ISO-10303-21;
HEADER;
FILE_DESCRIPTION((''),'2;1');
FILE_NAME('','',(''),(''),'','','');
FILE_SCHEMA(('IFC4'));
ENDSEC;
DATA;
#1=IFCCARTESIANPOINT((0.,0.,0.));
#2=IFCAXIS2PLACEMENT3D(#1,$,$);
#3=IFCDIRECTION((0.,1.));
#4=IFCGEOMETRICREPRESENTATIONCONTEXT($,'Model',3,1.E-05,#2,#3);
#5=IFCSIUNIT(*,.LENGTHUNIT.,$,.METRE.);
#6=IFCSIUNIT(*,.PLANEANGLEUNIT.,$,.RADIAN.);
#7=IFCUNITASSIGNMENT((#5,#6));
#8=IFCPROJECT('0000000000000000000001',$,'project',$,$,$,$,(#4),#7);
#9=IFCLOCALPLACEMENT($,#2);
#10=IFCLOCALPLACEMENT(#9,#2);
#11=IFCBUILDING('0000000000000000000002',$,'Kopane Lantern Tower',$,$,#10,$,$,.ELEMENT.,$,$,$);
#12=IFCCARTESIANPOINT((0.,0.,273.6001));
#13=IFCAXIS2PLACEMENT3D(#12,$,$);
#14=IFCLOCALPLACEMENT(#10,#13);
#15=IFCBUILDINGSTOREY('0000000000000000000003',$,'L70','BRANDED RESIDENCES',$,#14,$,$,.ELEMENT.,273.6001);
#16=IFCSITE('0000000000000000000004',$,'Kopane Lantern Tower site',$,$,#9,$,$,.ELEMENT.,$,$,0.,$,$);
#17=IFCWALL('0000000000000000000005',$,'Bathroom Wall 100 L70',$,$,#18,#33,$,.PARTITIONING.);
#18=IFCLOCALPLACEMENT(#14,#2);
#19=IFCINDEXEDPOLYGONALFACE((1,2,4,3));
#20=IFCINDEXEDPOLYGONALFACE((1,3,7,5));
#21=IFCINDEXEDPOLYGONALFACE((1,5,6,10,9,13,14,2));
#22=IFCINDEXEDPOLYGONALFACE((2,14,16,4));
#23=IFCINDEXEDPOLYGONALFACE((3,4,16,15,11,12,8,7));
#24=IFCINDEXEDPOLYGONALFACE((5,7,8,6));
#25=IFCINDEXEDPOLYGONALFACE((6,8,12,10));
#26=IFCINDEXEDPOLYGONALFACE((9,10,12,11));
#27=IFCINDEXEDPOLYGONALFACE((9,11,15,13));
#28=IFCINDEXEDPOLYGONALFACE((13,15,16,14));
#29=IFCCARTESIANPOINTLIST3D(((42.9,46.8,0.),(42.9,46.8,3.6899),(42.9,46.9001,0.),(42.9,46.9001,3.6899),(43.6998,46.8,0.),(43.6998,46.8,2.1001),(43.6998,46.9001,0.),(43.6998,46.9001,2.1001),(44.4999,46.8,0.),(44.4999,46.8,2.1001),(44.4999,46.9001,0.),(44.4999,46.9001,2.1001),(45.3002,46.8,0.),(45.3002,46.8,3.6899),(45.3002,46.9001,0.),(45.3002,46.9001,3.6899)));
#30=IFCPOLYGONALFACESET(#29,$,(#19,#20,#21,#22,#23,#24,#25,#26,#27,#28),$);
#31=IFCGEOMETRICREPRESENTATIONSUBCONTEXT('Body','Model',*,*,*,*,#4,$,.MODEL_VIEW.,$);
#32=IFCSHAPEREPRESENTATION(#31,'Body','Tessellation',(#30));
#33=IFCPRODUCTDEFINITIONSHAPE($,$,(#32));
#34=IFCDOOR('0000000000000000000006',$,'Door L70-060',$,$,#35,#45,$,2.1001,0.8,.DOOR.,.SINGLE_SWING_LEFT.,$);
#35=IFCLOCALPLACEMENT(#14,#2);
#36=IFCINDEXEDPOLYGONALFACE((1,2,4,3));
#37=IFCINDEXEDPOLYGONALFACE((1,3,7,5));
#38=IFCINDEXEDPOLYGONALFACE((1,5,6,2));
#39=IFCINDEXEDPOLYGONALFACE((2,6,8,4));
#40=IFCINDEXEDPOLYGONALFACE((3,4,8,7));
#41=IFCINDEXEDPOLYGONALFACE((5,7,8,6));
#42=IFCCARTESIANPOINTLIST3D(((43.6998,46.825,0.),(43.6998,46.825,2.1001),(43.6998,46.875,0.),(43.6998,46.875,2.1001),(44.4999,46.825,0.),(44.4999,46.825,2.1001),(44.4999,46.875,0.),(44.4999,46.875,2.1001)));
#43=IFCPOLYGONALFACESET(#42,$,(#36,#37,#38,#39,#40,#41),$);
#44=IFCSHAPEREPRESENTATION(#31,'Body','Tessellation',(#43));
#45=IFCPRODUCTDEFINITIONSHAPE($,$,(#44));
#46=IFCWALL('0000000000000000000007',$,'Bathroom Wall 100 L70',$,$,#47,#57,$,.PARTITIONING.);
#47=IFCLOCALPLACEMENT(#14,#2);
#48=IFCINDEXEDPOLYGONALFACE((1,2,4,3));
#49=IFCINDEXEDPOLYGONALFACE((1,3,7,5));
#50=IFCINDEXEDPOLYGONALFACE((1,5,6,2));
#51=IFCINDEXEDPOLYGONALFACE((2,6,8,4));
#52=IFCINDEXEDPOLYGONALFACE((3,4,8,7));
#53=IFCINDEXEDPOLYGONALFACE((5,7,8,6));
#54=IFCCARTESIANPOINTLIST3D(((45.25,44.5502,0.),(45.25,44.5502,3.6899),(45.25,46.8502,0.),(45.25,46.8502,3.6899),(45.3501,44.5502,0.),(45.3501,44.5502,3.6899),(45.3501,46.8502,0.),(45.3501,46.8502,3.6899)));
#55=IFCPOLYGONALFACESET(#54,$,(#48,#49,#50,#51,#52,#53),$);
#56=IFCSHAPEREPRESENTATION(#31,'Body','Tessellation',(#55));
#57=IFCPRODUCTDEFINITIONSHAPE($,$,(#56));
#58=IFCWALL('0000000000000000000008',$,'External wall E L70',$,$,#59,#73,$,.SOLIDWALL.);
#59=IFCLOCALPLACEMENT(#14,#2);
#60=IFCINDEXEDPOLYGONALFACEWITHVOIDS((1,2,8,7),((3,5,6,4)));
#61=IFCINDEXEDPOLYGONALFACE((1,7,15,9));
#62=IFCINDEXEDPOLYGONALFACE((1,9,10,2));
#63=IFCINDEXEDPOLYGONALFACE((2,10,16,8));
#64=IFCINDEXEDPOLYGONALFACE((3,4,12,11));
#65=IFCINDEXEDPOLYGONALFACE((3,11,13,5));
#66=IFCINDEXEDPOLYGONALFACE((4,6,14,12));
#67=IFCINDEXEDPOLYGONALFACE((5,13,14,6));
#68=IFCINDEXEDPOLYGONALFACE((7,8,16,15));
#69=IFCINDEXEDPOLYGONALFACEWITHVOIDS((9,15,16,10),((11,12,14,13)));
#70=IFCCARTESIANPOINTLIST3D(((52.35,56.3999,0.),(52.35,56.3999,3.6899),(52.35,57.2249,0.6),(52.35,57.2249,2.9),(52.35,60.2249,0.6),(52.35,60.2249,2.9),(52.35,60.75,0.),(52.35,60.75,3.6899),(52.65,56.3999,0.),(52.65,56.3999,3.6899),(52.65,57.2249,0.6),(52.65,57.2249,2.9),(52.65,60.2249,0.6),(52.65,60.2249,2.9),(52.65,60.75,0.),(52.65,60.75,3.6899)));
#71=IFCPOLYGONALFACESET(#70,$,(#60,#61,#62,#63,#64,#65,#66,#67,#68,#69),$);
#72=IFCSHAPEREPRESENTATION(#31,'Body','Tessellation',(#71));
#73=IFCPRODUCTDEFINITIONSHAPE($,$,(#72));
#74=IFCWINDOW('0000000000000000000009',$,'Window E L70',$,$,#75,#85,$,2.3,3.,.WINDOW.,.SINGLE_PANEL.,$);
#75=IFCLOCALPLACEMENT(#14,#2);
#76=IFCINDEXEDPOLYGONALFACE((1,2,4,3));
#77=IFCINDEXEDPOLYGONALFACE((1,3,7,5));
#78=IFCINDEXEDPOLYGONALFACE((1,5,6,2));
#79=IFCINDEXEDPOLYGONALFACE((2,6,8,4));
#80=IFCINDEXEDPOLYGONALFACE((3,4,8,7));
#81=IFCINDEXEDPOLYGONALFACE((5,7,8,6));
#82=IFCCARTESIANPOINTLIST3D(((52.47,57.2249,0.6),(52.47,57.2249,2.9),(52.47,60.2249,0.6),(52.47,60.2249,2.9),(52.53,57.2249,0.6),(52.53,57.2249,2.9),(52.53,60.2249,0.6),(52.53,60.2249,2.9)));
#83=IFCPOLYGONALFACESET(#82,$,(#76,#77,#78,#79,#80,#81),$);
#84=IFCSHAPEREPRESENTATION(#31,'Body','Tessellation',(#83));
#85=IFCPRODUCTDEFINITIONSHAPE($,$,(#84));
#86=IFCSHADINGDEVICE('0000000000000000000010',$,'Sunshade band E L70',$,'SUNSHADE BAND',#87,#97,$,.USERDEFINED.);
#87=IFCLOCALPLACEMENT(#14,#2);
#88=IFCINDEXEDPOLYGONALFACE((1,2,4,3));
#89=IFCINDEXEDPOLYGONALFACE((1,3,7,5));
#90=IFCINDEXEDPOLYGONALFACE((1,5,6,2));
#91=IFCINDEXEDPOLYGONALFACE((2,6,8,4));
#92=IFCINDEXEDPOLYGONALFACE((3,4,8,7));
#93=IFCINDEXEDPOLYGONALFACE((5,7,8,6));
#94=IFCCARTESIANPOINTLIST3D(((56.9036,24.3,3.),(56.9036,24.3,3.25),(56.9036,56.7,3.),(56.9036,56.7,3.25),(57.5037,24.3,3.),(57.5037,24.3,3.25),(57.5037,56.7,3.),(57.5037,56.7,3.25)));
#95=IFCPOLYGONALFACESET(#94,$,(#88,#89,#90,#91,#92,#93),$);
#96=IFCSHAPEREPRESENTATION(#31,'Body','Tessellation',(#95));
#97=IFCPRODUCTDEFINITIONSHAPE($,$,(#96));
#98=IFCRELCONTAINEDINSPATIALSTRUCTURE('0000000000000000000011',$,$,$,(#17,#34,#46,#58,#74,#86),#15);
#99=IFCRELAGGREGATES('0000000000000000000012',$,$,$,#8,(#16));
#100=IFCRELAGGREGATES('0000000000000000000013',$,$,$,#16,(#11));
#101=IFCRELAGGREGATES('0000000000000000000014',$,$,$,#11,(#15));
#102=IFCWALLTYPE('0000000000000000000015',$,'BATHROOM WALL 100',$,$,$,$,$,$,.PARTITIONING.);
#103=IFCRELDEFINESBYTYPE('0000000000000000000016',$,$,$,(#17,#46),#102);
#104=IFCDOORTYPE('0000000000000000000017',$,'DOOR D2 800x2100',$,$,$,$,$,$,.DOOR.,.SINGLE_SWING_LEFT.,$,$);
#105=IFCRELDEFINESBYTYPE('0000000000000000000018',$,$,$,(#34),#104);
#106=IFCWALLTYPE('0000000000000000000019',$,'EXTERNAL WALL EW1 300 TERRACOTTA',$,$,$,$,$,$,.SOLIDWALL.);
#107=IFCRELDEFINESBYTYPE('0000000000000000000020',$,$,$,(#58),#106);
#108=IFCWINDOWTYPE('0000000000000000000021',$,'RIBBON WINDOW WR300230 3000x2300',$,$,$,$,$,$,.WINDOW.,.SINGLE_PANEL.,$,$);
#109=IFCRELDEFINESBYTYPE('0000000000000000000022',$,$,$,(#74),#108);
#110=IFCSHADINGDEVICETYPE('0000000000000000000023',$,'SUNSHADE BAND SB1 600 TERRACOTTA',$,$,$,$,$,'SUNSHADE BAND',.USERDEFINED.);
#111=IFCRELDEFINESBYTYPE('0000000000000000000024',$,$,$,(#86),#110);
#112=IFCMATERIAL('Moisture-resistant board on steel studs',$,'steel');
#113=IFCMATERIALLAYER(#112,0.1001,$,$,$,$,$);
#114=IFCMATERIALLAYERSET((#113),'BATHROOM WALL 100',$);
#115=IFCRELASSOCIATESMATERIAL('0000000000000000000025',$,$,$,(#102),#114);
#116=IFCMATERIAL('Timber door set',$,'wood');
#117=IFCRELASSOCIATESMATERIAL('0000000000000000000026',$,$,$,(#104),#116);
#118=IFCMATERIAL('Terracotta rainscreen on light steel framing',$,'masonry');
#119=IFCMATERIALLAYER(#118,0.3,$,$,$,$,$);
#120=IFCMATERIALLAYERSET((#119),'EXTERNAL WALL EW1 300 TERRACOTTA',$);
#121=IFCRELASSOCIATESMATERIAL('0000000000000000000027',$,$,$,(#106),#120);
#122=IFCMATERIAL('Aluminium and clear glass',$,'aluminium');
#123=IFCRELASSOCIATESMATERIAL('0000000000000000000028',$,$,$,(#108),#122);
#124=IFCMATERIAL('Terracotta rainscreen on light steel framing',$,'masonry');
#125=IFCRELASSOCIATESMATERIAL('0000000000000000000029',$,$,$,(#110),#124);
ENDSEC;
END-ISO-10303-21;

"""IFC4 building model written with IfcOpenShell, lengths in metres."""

from ifc_helpers import new_model, si_unit, direction, frame, frame_2d, origin, origin_2d, place, context, subcontext, project, spatial, rectangle, extrude, material, layer, layer_set, type_object, element, fill, save


model = new_model("IFC4")

# Units and contexts
model_context = context("Model", 3, precision=1e-05, world=origin(), true_north=direction((0.0, 1.0)))
body_context = subcontext(model_context, "Body", "Model", "MODEL_VIEW")
ifc_project = project(units=[si_unit("LENGTHUNIT", "METRE"), si_unit("PLANEANGLEUNIT", "RADIAN")], contexts=[model_context])

# Site, building, storey
site_placement = place(None, origin())
site = spatial("IfcSite", under=ifc_project, at=site_placement, Name="Kopane Lantern Tower site", CompositionType="ELEMENT", RefElevation=0.0)
building_placement = place(site_placement, origin())
building = spatial("IfcBuilding", under=site, at=building_placement, Name="Kopane Lantern Tower", CompositionType="ELEMENT")
storey_placement = place(building_placement, frame((0.0, 0.0, 273.6001)))
storey = spatial("IfcBuildingStorey", under=building, at=storey_placement, Name="L70", Description="BRANDED RESIDENCES", CompositionType="ELEMENT", Elevation=273.6001)

# Wall, opening, door
ifc_material_1 = material(Name="Moisture-resistant board on steel studs", Category="steel")
ifc_layer_1 = layer(ifc_material_1, 0.1001)
ifc_layer_set_1 = layer_set([ifc_layer_1], Name="BATHROOM WALL 100")
wall_type_1 = type_object("IfcWallType", Name="BATHROOM WALL 100", PredefinedType="PARTITIONING", material=ifc_layer_set_1)
wall_1_placement = place(storey_placement, frame((42.8999, 46.8501, 0.0), z_axis=(0.0, 0.0, 1.0), x_axis=(1.0, 0.0, 0.0)))
wall_1 = element("IfcWall", 1, at=wall_1_placement, inside=storey, type_object=wall_type_1, Name="Bathroom Wall 100 L70", PredefinedType="PARTITIONING", context=body_context, shape_type="SweptSolid", body=[
    extrude(rectangle(XDim=2.4001, YDim=0.1001, at=frame_2d((1.2002, 0.0))), origin(), (0.0, 0.0, 1.0), 3.6899),
])
opening_1_placement = place(wall_1_placement, frame((0.8, 0.0, 0.0)))
opening_1 = element("IfcOpeningElement", 2, at=opening_1_placement, cuts=wall_1, PredefinedType="OPENING", context=body_context, shape_type="SweptSolid", body=[
    extrude(rectangle(XDim=0.8, YDim=2.1001, at=frame_2d((0.3999, 1.05))), frame((0.0, 0.0601, 0.0), z_axis=(0.0, -1.0, 0.0), x_axis=(1.0, 0.0, 0.0)), (0.0, 0.0, 1.0), 0.1201),
])
ifc_material_2 = material(Name="Timber door set", Category="wood")
door_type_1 = type_object("IfcDoorType", Name="DOOR D2 800x2100", OperationType="SINGLE_SWING_LEFT", PredefinedType="DOOR", material=ifc_material_2)
door_1_placement = place(opening_1_placement, origin())
door_1 = element("IfcDoor", 3, at=door_1_placement, inside=storey, type_object=door_type_1, Name="Door L70-060", OperationType="SINGLE_SWING_LEFT", OverallHeight=2.1001, OverallWidth=0.8, PredefinedType="DOOR", context=body_context, shape_type="SweptSolid", body=[
    extrude(rectangle(XDim=0.8, YDim=2.1001, at=frame_2d((0.3999, 1.05))), frame((0.0, 0.0249, 0.0), z_axis=(0.0, -1.0, 0.0), x_axis=(1.0, 0.0, 0.0)), (0.0, 0.0, 1.0), 0.05),
])
fill(opening_1, door_1)

# Wall
wall_2_placement = place(storey_placement, frame((45.3, 46.8501, 0.0), z_axis=(0.0, 0.0, 1.0), x_axis=(0.0, -1.0, 0.0)))
element("IfcWall", 4, at=wall_2_placement, inside=storey, type_object=wall_type_1, Name="Bathroom Wall 100 L70", PredefinedType="PARTITIONING", context=body_context, shape_type="SweptSolid", body=[
    extrude(rectangle(XDim=2.3, YDim=0.1001, at=frame_2d((1.1499, 0.0))), origin(), (0.0, 0.0, 1.0), 3.6899),
])

# Wall, opening, window
ifc_material_3 = material(Name="Terracotta rainscreen on light steel framing", Category="masonry")
ifc_layer_2 = layer(ifc_material_3, 0.3)
ifc_layer_set_2 = layer_set([ifc_layer_2], Name="EXTERNAL WALL EW1 300 TERRACOTTA")
wall_type_2 = type_object("IfcWallType", Name="EXTERNAL WALL EW1 300 TERRACOTTA", PredefinedType="SOLIDWALL", material=ifc_layer_set_2)
wall_3_placement = place(storey_placement, frame((52.5, 56.3999, 0.0), z_axis=(0.0, 0.0, 1.0), x_axis=(0.0, 1.0, 0.0)))
wall_3 = element("IfcWall", 5, at=wall_3_placement, inside=storey, type_object=wall_type_2, Name="External wall E L70", PredefinedType="SOLIDWALL", context=body_context, shape_type="SweptSolid", body=[
    extrude(rectangle(XDim=4.3501, YDim=0.3, at=frame_2d((2.175, 0.0))), origin(), (0.0, 0.0, 1.0), 3.6899),
])
opening_2_placement = place(wall_3_placement, frame((0.825, 0.0, 0.6001)))
opening_2 = element("IfcOpeningElement", 6, at=opening_2_placement, cuts=wall_3, PredefinedType="OPENING", context=body_context, shape_type="SweptSolid", body=[
    extrude(rectangle(XDim=3.0, YDim=2.3, at=frame_2d((1.5, 1.1499))), frame((0.0, 0.1599, 0.0), z_axis=(0.0, -1.0, 0.0), x_axis=(1.0, 0.0, 0.0)), (0.0, 0.0, 1.0), 0.3201),
])
ifc_material_4 = material(Name="Aluminium and clear glass", Category="aluminium")
window_type = type_object("IfcWindowType", Name="RIBBON WINDOW WR300230 3000x2300", PartitioningType="SINGLE_PANEL", PredefinedType="WINDOW", material=ifc_material_4)
window_placement = place(opening_2_placement, origin())
window = element("IfcWindow", 7, at=window_placement, inside=storey, type_object=window_type, Name="Window E L70", OverallHeight=2.3, OverallWidth=3.0, PartitioningType="SINGLE_PANEL", PredefinedType="WINDOW", context=body_context, shape_type="SweptSolid", body=[
    extrude(rectangle(XDim=3.0, YDim=2.3, at=frame_2d((1.5, 1.1499))), frame((0.0, 0.03, 0.0), z_axis=(0.0, -1.0, 0.0), x_axis=(1.0, 0.0, 0.0)), (0.0, 0.0, 1.0), 0.0601),
])
fill(opening_2, window)

# Shading device
ifc_material_5 = material(Name="Terracotta rainscreen on light steel framing", Category="masonry")
shading_device_type = type_object("IfcShadingDeviceType", Name="SUNSHADE BAND SB1 600 TERRACOTTA", ElementType="SUNSHADE BAND", PredefinedType="USERDEFINED", material=ifc_material_5)
shading_device_placement = place(storey_placement, frame((57.2036, 40.5, 3.0), z_axis=(0.0, 0.0, 1.0), x_axis=(0.0, 1.0, 0.0)))
element("IfcShadingDevice", 8, at=shading_device_placement, inside=storey, type_object=shading_device_type, Name="Sunshade band E L70", ObjectType="SUNSHADE BAND", PredefinedType="USERDEFINED", context=body_context, shape_type="SweptSolid", body=[
    extrude(rectangle(XDim=32.3999, YDim=0.6001, at=origin_2d()), origin(), (0.0, 0.0, 1.0), 0.25),
])

save(model, "model.ifc")
